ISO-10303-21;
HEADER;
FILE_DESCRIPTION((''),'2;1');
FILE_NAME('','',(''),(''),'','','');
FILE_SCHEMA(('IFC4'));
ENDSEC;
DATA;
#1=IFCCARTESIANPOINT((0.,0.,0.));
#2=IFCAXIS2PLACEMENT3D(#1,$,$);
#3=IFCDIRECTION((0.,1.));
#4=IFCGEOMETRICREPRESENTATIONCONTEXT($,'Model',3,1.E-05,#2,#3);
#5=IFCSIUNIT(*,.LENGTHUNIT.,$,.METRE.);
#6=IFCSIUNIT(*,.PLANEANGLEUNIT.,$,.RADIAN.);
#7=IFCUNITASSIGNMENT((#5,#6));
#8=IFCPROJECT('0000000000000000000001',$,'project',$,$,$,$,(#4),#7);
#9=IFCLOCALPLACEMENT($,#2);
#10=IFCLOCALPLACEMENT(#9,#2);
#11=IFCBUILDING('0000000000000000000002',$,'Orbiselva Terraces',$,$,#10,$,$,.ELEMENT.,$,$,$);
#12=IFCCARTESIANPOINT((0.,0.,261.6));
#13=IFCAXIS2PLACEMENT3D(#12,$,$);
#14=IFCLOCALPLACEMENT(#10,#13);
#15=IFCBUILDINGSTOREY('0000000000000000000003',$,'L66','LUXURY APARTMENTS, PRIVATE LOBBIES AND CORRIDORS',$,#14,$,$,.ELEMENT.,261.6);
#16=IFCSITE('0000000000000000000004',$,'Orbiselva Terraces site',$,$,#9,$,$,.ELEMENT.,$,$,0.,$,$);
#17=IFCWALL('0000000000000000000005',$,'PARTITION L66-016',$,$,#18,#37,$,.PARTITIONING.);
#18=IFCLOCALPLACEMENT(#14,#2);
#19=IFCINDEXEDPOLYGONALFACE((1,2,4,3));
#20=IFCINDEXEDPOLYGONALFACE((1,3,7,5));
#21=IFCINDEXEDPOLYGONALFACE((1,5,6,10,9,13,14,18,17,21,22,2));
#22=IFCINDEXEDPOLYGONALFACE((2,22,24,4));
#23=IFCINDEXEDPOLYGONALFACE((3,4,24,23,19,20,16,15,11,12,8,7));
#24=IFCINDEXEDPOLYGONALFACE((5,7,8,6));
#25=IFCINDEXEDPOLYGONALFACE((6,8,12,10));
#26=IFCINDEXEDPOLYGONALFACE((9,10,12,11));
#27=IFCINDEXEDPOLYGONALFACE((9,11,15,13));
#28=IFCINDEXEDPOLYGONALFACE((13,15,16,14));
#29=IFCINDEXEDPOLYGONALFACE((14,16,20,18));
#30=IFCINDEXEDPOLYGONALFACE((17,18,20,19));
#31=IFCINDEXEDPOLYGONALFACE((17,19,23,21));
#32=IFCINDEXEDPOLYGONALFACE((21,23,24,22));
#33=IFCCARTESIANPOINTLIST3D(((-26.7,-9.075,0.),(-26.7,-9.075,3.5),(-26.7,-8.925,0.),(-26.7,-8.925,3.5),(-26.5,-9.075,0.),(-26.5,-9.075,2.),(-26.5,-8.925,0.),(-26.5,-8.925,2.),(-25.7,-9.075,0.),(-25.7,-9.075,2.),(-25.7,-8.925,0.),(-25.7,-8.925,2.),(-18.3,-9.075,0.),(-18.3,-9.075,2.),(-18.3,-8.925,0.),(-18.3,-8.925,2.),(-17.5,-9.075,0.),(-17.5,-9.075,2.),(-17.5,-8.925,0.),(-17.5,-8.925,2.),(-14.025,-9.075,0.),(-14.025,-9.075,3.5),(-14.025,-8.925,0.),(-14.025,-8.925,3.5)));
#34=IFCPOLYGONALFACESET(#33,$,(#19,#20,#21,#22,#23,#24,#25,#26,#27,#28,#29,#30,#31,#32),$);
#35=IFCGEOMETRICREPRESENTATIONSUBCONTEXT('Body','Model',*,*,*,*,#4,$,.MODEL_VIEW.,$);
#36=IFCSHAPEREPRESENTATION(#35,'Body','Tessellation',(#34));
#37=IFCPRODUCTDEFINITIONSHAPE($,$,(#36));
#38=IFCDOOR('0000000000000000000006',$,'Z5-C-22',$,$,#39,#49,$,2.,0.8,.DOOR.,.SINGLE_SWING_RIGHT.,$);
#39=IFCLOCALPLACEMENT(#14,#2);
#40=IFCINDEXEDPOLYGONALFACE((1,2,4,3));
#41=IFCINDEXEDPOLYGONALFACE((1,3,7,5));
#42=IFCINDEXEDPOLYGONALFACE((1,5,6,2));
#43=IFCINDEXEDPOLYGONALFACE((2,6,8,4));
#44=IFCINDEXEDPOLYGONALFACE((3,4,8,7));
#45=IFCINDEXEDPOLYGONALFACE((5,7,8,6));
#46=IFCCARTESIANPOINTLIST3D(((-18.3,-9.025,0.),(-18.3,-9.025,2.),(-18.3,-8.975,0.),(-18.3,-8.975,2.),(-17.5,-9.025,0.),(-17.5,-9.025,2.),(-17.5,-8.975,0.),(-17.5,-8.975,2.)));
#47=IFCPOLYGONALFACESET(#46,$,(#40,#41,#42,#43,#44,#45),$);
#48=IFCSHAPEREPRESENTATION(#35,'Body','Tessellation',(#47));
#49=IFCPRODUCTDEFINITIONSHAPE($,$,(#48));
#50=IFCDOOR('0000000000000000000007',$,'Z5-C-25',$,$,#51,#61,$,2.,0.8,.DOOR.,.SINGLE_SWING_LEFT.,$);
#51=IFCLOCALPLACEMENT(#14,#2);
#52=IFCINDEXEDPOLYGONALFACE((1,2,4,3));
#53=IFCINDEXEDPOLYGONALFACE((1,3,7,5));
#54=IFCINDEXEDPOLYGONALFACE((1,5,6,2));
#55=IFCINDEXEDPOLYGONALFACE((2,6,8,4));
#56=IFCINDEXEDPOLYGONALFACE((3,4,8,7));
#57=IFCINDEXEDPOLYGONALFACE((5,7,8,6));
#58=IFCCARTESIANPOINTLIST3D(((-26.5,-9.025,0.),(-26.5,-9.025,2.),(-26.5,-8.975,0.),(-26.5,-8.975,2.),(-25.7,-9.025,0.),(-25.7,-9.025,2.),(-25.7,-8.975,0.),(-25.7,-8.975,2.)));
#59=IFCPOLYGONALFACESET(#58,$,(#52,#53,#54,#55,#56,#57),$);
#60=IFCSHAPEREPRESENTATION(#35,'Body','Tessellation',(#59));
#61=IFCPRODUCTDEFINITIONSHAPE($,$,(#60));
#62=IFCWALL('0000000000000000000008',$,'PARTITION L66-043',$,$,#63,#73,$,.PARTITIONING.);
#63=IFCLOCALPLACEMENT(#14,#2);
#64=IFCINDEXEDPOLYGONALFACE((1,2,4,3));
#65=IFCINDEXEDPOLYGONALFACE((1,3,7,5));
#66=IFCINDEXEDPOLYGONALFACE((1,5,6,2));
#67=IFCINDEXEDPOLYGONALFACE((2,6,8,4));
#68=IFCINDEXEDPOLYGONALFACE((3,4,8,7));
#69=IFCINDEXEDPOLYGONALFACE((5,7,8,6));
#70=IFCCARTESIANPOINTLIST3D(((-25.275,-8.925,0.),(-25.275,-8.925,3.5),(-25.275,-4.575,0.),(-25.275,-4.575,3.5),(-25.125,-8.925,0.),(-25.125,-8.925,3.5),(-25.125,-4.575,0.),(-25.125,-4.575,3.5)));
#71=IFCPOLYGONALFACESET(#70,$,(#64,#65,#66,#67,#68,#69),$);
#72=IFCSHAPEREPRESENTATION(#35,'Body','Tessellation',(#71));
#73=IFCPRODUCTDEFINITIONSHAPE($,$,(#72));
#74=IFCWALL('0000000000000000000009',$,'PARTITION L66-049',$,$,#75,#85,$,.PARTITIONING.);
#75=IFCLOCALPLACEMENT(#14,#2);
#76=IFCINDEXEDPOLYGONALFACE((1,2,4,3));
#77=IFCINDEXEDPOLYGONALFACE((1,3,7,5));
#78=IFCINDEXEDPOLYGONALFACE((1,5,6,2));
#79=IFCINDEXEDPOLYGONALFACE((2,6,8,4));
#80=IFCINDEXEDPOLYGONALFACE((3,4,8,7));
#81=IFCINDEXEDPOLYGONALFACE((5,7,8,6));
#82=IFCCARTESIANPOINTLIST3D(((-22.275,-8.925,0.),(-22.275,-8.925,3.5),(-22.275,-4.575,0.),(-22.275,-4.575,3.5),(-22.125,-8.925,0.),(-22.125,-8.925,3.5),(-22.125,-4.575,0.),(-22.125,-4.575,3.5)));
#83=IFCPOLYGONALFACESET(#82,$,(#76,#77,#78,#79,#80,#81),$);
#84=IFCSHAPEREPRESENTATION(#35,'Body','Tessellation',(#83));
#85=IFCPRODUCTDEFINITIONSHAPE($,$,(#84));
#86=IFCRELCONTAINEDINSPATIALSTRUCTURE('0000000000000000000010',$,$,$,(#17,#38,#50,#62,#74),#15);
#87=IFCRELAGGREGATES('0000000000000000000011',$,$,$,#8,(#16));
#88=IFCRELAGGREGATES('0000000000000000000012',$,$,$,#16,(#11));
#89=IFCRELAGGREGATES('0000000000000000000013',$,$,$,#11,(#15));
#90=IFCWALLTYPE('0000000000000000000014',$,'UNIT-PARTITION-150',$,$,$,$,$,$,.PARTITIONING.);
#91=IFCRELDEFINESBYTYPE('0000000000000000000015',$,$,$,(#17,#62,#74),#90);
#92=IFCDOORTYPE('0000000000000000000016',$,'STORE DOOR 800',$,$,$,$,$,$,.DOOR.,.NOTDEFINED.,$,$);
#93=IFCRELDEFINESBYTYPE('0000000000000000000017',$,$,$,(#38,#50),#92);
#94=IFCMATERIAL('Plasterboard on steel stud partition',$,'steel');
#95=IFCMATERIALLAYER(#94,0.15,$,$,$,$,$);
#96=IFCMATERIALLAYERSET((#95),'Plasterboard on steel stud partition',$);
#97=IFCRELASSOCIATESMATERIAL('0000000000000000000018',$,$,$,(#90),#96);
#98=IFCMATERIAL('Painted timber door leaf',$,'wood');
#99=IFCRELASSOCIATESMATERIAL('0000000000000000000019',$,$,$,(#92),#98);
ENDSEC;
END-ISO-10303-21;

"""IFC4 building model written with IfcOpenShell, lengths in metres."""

from ifc_helpers import new_model, si_unit, direction, frame, frame_2d, origin, place, context, subcontext, project, spatial, rectangle, extrude, material, layer, layer_set, type_object, element, fill, save


model = new_model("IFC4")

# Units and contexts
model_context = context("Model", 3, precision=1e-05, world=origin(), true_north=direction((0.0, 1.0)))
body_context = subcontext(model_context, "Body", "Model", "MODEL_VIEW")
ifc_project = project(units=[si_unit("LENGTHUNIT", "METRE"), si_unit("PLANEANGLEUNIT", "RADIAN")], contexts=[model_context])

# Site, building, storey
site_placement = place(None, origin())
site = spatial("IfcSite", under=ifc_project, at=site_placement, Name="Orbiselva Terraces site", CompositionType="ELEMENT", RefElevation=0.0)
building_placement = place(site_placement, origin())
building = spatial("IfcBuilding", under=site, at=building_placement, Name="Orbiselva Terraces", CompositionType="ELEMENT")
storey_placement = place(building_placement, frame((0.0, 0.0, 261.6)))
storey = spatial("IfcBuildingStorey", under=building, at=storey_placement, Name="L66", Description="LUXURY APARTMENTS, PRIVATE LOBBIES AND CORRIDORS", CompositionType="ELEMENT", Elevation=261.6)

# Shared definitions
ifc_material_1 = material(Name="Plasterboard on steel stud partition", Category="steel")
ifc_layer_1 = layer(ifc_material_1, 0.15)
ifc_layer_set_1 = layer_set([ifc_layer_1], Name="Plasterboard on steel stud partition")
wall_type_1 = type_object("IfcWallType", Name="UNIT-PARTITION-150", PredefinedType="PARTITIONING", material=ifc_layer_set_1)
ifc_material_2 = material(Name="Painted timber door leaf", Category="wood")

# Wall, openings, doors
wall_1_placement = place(storey_placement, frame((-26.7, -9.0, 0.0), z_axis=(0.0, 0.0, 1.0), x_axis=(1.0, 0.0, 0.0)))
wall_1 = element("IfcWall", 1, at=wall_1_placement, inside=storey, type_object=wall_type_1, Name="PARTITION L66-016", PredefinedType="PARTITIONING", context=body_context, shape_type="SweptSolid", body=[
    extrude(rectangle(XDim=12.675, YDim=0.15, at=frame_2d((6.3375, 0.0))), origin(), (0.0, 0.0, 1.0), 3.5),
])
opening_1_placement = place(wall_1_placement, frame((8.4, 0.0, 0.0)))
opening_1 = element("IfcOpeningElement", 2, at=opening_1_placement, cuts=wall_1, PredefinedType="OPENING", context=body_context, shape_type="SweptSolid", body=[
    extrude(rectangle(XDim=0.8, YDim=2.0, at=frame_2d((0.4, 1.0))), frame((0.0, 0.085, 0.0), z_axis=(0.0, -1.0, 0.0), x_axis=(1.0, 0.0, 0.0)), (0.0, 0.0, 1.0), 0.17),
])
opening_2_placement = place(wall_1_placement, frame((0.2, 0.0, 0.0)))
opening_2 = element("IfcOpeningElement", 3, at=opening_2_placement, cuts=wall_1, PredefinedType="OPENING", context=body_context, shape_type="SweptSolid", body=[
    extrude(rectangle(XDim=0.8, YDim=2.0, at=frame_2d((0.4, 1.0))), frame((0.0, 0.085, 0.0), z_axis=(0.0, -1.0, 0.0), x_axis=(1.0, 0.0, 0.0)), (0.0, 0.0, 1.0), 0.17),
])
door_type_1 = type_object("IfcDoorType", Name="STORE DOOR 800", OperationType="NOTDEFINED", PredefinedType="DOOR", material=ifc_material_2)
door_1_placement = place(opening_1_placement, origin())
door_1 = element("IfcDoor", 4, at=door_1_placement, inside=storey, type_object=door_type_1, Name="Z5-C-22", OperationType="SINGLE_SWING_RIGHT", OverallHeight=2.0, OverallWidth=0.8, PredefinedType="DOOR", context=body_context, shape_type="SweptSolid", body=[
    extrude(rectangle(XDim=0.8, YDim=2.0, at=frame_2d((0.4, 1.0))), frame((0.0, 0.025, 0.0), z_axis=(0.0, -1.0, 0.0), x_axis=(1.0, 0.0, 0.0)), (0.0, 0.0, 1.0), 0.05),
])
fill(opening_1, door_1)
door_2_placement = place(opening_2_placement, origin())
door_2 = element("IfcDoor", 5, at=door_2_placement, inside=storey, type_object=door_type_1, Name="Z5-C-25", OperationType="SINGLE_SWING_LEFT", OverallHeight=2.0, OverallWidth=0.8, PredefinedType="DOOR", context=body_context, shape_type="SweptSolid", body=[
    extrude(rectangle(XDim=0.8, YDim=2.0, at=frame_2d((0.4, 1.0))), frame((0.0, 0.025, 0.0), z_axis=(0.0, -1.0, 0.0), x_axis=(1.0, 0.0, 0.0)), (0.0, 0.0, 1.0), 0.05),
])
fill(opening_2, door_2)

# Walls
for number, where, z_axis, x_axis, name in (
    (6, (-25.2, -8.925, 0.0), (0.0, 0.0, 1.0), (0.0, 1.0, 0.0), "PARTITION L66-043"),
    (7, (-22.2, -8.925, 0.0), (0.0, 0.0, 1.0), (0.0, 1.0, 0.0), "PARTITION L66-049"),
):
    element("IfcWall", number, at=place(storey_placement, frame(where, z_axis=z_axis, x_axis=x_axis)), inside=storey, type_object=wall_type_1, Name=name, PredefinedType="PARTITIONING", context=body_context, shape_type="SweptSolid", body=[
        extrude(rectangle(XDim=4.35, YDim=0.15, at=frame_2d((2.175, 0.0))), origin(), (0.0, 0.0, 1.0), 3.5),
    ])

save(model, "model.ifc")
